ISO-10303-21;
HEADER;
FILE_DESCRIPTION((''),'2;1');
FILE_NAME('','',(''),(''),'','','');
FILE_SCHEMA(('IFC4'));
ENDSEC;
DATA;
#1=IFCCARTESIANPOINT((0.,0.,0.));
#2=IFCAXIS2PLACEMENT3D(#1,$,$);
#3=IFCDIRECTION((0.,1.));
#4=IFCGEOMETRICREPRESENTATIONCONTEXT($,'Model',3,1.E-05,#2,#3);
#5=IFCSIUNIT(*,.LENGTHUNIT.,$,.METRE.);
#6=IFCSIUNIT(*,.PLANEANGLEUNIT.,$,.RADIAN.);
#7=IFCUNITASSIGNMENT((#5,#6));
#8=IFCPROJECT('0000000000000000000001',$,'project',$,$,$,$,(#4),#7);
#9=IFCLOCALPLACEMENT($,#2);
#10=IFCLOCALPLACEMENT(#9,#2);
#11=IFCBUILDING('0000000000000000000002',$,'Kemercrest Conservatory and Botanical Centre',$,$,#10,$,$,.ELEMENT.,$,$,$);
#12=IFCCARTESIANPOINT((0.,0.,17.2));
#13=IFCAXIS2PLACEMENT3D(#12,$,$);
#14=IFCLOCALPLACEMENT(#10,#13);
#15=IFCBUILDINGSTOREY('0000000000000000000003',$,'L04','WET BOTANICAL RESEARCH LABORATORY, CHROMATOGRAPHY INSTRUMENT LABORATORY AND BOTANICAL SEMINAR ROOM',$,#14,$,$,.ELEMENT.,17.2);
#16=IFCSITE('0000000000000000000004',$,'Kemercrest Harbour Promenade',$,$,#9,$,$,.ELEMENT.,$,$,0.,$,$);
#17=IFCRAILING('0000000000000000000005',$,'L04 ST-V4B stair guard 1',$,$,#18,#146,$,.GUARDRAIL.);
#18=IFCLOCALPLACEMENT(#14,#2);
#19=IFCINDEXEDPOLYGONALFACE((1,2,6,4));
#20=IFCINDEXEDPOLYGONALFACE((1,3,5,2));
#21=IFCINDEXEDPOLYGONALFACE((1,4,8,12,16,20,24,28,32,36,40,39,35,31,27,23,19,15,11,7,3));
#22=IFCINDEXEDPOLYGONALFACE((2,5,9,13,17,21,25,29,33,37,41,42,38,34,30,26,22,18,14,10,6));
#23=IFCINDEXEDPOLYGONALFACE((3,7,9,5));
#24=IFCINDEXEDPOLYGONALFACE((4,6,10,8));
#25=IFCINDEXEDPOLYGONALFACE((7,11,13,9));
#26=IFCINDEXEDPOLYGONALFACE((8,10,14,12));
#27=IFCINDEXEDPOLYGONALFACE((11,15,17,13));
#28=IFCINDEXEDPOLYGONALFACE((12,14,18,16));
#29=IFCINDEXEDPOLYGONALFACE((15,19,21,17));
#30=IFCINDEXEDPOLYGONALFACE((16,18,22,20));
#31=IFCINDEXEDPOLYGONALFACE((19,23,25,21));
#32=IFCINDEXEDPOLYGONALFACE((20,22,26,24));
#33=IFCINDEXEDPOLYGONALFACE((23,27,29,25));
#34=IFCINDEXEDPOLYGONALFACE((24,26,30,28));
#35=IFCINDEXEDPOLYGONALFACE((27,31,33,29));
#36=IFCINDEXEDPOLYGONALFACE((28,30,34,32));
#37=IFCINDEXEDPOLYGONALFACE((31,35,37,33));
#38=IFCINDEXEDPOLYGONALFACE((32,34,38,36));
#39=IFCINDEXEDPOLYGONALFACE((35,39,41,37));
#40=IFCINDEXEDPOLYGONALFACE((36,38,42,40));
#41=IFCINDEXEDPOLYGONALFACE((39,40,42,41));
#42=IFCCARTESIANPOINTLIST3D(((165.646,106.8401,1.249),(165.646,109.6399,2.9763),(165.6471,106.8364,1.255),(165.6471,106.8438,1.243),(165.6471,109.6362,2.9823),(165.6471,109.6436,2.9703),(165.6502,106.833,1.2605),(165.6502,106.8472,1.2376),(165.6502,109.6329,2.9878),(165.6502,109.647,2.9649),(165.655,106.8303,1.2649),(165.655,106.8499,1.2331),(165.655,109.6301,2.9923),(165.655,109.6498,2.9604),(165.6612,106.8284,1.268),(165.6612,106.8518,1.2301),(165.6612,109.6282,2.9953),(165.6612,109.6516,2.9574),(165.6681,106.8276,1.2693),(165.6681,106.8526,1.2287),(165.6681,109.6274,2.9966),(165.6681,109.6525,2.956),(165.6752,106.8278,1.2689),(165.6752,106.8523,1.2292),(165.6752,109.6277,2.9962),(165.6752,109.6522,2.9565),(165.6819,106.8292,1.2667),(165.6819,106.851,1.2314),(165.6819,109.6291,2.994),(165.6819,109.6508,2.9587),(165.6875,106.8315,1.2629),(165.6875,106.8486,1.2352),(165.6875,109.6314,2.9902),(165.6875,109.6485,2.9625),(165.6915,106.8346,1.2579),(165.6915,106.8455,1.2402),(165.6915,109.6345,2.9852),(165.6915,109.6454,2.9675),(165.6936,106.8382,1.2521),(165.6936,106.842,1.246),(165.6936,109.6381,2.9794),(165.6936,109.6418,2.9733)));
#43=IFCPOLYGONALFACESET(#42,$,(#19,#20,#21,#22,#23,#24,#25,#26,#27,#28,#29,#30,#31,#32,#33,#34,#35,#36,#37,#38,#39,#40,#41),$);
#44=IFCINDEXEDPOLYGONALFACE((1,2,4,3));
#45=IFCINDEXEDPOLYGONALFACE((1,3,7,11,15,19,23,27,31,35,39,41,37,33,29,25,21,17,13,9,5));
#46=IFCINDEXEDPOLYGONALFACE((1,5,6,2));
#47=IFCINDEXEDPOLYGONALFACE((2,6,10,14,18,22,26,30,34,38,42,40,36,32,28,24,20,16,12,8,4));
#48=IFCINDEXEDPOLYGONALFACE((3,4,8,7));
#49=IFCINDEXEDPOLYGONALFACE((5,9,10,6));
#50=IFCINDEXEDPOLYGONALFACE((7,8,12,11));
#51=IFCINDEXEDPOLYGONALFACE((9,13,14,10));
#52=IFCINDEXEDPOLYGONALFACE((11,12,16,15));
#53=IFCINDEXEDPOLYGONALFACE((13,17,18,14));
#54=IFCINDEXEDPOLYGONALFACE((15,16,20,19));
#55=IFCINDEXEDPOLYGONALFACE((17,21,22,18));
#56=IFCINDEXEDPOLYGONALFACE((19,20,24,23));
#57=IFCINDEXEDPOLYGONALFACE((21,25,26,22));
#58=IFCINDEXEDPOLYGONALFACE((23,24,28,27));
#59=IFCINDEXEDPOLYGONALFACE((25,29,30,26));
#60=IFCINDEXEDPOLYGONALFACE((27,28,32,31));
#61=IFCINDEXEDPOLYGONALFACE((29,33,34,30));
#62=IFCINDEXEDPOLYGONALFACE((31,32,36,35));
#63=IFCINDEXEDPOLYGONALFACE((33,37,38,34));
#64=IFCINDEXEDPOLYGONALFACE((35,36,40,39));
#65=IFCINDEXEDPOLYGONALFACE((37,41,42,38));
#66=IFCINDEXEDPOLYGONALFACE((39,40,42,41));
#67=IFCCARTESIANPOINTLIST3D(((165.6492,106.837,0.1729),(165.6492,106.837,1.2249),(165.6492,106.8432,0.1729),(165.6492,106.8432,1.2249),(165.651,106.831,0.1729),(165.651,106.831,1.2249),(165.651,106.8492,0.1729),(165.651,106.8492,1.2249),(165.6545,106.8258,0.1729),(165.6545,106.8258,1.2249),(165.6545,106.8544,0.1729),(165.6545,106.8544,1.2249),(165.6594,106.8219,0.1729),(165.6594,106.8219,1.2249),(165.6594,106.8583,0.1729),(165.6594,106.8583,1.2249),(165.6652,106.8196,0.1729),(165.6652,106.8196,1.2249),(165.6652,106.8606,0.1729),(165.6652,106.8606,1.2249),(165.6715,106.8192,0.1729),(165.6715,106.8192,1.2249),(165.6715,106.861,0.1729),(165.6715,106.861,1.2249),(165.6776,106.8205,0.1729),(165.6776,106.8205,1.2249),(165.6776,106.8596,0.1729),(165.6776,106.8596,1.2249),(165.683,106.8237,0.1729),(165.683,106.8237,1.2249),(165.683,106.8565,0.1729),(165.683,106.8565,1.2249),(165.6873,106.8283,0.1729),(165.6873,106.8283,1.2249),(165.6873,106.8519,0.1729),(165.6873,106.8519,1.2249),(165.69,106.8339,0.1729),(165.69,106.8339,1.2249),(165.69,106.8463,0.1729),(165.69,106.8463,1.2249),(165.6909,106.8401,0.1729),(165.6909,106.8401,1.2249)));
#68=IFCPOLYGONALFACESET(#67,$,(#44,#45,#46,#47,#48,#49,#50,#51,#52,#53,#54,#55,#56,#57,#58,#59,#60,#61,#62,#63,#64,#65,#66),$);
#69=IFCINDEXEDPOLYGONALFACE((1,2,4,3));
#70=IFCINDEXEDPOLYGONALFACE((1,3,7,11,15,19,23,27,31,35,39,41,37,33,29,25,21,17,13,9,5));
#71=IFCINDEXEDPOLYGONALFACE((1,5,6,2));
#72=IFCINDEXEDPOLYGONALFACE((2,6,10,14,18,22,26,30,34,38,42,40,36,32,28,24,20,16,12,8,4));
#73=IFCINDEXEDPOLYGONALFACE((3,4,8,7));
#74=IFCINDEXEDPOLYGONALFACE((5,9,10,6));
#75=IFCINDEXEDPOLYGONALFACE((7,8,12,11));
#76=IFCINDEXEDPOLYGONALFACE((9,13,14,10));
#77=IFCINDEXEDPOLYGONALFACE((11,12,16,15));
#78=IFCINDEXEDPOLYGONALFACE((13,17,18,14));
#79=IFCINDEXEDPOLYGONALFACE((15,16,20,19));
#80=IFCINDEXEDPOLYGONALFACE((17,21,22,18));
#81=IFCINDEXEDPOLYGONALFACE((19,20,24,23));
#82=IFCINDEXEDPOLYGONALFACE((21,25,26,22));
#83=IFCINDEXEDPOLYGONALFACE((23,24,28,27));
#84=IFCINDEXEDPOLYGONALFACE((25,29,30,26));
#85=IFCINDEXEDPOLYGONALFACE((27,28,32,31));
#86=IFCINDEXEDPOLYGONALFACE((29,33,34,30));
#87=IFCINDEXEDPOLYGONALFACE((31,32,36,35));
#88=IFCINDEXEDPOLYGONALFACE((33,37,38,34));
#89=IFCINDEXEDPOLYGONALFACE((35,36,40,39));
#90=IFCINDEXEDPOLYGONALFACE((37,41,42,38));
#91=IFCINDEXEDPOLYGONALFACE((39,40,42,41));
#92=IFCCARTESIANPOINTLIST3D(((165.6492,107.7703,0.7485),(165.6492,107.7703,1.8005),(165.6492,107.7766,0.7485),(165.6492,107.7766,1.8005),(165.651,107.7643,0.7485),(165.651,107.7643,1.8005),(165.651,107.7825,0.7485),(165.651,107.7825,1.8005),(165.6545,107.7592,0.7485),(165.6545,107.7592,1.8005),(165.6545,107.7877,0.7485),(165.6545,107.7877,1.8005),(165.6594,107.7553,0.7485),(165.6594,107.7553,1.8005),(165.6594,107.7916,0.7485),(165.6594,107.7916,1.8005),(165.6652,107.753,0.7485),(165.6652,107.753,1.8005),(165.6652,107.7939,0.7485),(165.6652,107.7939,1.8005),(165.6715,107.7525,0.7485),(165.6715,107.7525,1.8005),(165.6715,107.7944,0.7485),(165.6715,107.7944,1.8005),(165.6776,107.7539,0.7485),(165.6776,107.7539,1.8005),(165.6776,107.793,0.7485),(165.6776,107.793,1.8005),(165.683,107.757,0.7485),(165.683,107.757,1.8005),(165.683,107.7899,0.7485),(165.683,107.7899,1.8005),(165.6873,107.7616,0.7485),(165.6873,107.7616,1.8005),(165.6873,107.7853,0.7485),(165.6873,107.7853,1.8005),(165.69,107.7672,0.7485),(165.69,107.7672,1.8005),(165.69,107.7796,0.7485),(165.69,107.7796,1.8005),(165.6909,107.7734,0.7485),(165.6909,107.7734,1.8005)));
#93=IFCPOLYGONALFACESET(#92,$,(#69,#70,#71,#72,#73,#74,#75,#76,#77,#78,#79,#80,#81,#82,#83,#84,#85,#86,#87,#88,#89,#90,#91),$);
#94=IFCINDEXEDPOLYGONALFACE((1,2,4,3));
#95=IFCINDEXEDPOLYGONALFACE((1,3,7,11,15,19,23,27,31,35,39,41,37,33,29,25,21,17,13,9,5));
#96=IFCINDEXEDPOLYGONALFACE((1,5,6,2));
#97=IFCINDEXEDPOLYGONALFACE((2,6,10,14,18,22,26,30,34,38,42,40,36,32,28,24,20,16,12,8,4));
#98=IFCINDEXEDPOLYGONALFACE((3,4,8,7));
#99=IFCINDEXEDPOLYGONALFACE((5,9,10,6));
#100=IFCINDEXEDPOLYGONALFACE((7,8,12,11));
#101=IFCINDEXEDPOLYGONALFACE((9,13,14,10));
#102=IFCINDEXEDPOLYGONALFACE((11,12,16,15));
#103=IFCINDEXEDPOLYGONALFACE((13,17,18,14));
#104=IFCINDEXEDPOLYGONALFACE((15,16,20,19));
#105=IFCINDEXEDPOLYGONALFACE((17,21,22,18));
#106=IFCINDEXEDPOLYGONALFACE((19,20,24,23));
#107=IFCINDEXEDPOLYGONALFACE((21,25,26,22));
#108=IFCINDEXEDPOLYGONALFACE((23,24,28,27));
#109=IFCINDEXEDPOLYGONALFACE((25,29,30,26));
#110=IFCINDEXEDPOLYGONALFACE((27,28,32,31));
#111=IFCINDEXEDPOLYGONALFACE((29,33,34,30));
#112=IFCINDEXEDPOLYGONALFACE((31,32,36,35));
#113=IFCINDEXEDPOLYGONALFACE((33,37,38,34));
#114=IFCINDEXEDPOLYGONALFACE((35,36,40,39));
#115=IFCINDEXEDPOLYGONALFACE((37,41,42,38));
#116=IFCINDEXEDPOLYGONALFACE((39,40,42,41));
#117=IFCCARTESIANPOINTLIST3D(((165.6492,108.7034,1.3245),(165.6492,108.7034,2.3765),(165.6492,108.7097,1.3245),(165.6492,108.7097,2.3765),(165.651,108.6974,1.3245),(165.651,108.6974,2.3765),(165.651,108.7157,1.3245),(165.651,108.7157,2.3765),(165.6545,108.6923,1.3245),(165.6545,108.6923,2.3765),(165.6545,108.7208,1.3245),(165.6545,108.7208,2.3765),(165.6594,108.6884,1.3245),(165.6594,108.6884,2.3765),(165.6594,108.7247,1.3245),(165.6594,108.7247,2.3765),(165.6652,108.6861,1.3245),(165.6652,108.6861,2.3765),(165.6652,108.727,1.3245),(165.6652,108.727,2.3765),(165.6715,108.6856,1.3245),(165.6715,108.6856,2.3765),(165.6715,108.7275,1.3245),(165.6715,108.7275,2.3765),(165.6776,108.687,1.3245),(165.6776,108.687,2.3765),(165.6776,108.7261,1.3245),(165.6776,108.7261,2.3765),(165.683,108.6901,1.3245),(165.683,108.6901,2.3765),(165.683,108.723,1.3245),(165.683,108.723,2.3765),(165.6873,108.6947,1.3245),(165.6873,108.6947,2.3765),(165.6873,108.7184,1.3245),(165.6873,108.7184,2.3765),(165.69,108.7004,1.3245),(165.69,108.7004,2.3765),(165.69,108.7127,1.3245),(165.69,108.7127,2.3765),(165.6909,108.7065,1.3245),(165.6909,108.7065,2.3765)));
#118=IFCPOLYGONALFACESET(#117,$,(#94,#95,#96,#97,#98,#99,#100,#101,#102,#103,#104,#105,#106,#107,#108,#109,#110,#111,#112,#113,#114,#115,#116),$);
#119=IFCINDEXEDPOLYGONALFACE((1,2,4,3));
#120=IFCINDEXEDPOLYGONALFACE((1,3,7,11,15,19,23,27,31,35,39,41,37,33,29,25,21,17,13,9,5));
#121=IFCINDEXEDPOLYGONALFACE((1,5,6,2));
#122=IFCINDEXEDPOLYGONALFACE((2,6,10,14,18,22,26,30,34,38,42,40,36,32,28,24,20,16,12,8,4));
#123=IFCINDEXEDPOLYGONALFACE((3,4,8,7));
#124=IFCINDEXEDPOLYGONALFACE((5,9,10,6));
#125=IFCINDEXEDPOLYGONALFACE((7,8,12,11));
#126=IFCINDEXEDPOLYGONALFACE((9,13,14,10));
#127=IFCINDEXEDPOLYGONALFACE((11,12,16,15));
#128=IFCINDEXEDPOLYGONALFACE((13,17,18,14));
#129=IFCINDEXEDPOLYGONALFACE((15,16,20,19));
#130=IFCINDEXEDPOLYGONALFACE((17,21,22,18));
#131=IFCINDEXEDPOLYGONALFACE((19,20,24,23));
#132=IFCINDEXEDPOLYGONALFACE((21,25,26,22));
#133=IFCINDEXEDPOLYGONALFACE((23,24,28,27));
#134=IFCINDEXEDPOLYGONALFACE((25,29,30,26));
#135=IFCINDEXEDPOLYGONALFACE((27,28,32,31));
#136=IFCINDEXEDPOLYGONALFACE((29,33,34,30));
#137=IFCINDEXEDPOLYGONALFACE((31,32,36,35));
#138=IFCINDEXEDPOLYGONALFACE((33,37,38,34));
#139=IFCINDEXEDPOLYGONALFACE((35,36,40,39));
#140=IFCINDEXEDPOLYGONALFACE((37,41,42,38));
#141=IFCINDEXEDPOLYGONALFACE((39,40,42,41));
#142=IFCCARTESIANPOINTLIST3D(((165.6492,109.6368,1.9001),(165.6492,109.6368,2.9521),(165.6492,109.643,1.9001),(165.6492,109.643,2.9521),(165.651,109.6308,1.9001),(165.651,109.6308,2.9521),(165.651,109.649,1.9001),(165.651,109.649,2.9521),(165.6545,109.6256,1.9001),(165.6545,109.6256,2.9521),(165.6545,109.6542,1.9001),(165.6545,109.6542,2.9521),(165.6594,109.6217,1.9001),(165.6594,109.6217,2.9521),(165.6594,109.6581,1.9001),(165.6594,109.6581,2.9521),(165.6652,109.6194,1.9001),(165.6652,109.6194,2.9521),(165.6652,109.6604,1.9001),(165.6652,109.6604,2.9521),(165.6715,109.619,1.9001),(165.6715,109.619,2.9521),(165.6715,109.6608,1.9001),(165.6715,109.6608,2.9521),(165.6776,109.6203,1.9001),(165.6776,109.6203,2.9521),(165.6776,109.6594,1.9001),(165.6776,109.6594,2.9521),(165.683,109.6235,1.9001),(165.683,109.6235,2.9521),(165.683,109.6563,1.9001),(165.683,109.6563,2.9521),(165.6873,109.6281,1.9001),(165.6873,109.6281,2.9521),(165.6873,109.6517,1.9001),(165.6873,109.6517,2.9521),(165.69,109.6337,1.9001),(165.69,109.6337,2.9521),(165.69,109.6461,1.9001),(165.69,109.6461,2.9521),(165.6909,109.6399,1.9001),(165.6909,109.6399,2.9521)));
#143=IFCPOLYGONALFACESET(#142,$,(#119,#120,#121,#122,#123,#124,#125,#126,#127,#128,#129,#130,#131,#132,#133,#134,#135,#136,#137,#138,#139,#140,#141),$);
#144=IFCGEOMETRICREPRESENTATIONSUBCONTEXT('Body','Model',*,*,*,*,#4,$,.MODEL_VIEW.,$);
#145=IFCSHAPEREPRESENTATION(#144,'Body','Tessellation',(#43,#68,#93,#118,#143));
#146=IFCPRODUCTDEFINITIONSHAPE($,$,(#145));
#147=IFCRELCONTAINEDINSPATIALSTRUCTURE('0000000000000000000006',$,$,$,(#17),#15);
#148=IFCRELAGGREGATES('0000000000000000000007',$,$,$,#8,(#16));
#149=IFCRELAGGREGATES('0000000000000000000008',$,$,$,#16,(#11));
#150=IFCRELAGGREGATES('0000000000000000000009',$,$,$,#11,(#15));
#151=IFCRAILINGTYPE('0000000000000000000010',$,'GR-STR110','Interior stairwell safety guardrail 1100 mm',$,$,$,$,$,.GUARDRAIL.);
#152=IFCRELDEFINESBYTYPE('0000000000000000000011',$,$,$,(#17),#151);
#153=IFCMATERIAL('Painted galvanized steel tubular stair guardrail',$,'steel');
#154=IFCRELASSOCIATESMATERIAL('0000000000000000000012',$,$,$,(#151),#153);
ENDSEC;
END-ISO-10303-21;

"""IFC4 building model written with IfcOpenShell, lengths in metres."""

from ifc_helpers import new_model, si_unit, direction, frame, origin, origin_2d, place, context, subcontext, project, spatial, circle, extrude, material, type_object, element, save


model = new_model("IFC4")

# Units and contexts
model_context = context("Model", 3, precision=1e-05, world=origin(), true_north=direction((0.0, 1.0)))
body_context = subcontext(model_context, "Body", "Model", "MODEL_VIEW")
ifc_project = project(units=[si_unit("LENGTHUNIT", "METRE"), si_unit("PLANEANGLEUNIT", "RADIAN")], contexts=[model_context])

# Site, building, storey
site_placement = place(None, origin())
site = spatial("IfcSite", under=ifc_project, at=site_placement, Name="Kemercrest Harbour Promenade", CompositionType="ELEMENT", RefElevation=0.0)
building_placement = place(site_placement, origin())
building = spatial("IfcBuilding", under=site, at=building_placement, Name="Kemercrest Conservatory and Botanical Centre", CompositionType="ELEMENT")
storey_placement = place(building_placement, frame((0.0, 0.0, 17.2)))
storey = spatial("IfcBuildingStorey", under=building, at=storey_placement, Name="L04", Description="WET BOTANICAL RESEARCH LABORATORY, CHROMATOGRAPHY INSTRUMENT LABORATORY AND BOTANICAL SEMINAR ROOM", CompositionType="ELEMENT", Elevation=17.2)

# Railing
ifc_material_1 = material(Name="Painted galvanized steel tubular stair guardrail", Category="steel")
railing_type_1 = type_object("IfcRailingType", Name="GR-STR110", Description="Interior stairwell safety guardrail 1100 mm", PredefinedType="GUARDRAIL", material=ifc_material_1)
railing_1_placement = place(storey_placement, frame((165.6699, 106.8401, 0.1729)))
element("IfcRailing", 1, at=railing_1_placement, inside=storey, type_object=railing_type_1, Name="L04 ST-V4B stair guard 1", PredefinedType="GUARDRAIL", context=body_context, shape_type="SweptSolid", body=[
    extrude(circle(Radius=0.0239, at=origin_2d()), frame((0.0, 0.0, 1.0762), z_axis=(0.0, 0.851069, 0.525054), x_axis=(-1.0, 0.0, 0.0)), (0.0, 0.0, 1.0), 3.2898),
    extrude(circle(Radius=0.021, at=origin_2d()), origin(), (0.0, 0.0, 1.0), 1.052),
    extrude(circle(Radius=0.021, at=origin_2d()), frame((0.0, 0.9333, 0.5757)), (0.0, 0.0, 1.0), 1.052),
    extrude(circle(Radius=0.021, at=origin_2d()), frame((0.0, 1.8665, 1.1516)), (0.0, 0.0, 1.0), 1.052),
    extrude(circle(Radius=0.021, at=origin_2d()), frame((0.0, 2.7998, 1.7273)), (0.0, 0.0, 1.0), 1.052),
])

save(model, "model.ifc")
